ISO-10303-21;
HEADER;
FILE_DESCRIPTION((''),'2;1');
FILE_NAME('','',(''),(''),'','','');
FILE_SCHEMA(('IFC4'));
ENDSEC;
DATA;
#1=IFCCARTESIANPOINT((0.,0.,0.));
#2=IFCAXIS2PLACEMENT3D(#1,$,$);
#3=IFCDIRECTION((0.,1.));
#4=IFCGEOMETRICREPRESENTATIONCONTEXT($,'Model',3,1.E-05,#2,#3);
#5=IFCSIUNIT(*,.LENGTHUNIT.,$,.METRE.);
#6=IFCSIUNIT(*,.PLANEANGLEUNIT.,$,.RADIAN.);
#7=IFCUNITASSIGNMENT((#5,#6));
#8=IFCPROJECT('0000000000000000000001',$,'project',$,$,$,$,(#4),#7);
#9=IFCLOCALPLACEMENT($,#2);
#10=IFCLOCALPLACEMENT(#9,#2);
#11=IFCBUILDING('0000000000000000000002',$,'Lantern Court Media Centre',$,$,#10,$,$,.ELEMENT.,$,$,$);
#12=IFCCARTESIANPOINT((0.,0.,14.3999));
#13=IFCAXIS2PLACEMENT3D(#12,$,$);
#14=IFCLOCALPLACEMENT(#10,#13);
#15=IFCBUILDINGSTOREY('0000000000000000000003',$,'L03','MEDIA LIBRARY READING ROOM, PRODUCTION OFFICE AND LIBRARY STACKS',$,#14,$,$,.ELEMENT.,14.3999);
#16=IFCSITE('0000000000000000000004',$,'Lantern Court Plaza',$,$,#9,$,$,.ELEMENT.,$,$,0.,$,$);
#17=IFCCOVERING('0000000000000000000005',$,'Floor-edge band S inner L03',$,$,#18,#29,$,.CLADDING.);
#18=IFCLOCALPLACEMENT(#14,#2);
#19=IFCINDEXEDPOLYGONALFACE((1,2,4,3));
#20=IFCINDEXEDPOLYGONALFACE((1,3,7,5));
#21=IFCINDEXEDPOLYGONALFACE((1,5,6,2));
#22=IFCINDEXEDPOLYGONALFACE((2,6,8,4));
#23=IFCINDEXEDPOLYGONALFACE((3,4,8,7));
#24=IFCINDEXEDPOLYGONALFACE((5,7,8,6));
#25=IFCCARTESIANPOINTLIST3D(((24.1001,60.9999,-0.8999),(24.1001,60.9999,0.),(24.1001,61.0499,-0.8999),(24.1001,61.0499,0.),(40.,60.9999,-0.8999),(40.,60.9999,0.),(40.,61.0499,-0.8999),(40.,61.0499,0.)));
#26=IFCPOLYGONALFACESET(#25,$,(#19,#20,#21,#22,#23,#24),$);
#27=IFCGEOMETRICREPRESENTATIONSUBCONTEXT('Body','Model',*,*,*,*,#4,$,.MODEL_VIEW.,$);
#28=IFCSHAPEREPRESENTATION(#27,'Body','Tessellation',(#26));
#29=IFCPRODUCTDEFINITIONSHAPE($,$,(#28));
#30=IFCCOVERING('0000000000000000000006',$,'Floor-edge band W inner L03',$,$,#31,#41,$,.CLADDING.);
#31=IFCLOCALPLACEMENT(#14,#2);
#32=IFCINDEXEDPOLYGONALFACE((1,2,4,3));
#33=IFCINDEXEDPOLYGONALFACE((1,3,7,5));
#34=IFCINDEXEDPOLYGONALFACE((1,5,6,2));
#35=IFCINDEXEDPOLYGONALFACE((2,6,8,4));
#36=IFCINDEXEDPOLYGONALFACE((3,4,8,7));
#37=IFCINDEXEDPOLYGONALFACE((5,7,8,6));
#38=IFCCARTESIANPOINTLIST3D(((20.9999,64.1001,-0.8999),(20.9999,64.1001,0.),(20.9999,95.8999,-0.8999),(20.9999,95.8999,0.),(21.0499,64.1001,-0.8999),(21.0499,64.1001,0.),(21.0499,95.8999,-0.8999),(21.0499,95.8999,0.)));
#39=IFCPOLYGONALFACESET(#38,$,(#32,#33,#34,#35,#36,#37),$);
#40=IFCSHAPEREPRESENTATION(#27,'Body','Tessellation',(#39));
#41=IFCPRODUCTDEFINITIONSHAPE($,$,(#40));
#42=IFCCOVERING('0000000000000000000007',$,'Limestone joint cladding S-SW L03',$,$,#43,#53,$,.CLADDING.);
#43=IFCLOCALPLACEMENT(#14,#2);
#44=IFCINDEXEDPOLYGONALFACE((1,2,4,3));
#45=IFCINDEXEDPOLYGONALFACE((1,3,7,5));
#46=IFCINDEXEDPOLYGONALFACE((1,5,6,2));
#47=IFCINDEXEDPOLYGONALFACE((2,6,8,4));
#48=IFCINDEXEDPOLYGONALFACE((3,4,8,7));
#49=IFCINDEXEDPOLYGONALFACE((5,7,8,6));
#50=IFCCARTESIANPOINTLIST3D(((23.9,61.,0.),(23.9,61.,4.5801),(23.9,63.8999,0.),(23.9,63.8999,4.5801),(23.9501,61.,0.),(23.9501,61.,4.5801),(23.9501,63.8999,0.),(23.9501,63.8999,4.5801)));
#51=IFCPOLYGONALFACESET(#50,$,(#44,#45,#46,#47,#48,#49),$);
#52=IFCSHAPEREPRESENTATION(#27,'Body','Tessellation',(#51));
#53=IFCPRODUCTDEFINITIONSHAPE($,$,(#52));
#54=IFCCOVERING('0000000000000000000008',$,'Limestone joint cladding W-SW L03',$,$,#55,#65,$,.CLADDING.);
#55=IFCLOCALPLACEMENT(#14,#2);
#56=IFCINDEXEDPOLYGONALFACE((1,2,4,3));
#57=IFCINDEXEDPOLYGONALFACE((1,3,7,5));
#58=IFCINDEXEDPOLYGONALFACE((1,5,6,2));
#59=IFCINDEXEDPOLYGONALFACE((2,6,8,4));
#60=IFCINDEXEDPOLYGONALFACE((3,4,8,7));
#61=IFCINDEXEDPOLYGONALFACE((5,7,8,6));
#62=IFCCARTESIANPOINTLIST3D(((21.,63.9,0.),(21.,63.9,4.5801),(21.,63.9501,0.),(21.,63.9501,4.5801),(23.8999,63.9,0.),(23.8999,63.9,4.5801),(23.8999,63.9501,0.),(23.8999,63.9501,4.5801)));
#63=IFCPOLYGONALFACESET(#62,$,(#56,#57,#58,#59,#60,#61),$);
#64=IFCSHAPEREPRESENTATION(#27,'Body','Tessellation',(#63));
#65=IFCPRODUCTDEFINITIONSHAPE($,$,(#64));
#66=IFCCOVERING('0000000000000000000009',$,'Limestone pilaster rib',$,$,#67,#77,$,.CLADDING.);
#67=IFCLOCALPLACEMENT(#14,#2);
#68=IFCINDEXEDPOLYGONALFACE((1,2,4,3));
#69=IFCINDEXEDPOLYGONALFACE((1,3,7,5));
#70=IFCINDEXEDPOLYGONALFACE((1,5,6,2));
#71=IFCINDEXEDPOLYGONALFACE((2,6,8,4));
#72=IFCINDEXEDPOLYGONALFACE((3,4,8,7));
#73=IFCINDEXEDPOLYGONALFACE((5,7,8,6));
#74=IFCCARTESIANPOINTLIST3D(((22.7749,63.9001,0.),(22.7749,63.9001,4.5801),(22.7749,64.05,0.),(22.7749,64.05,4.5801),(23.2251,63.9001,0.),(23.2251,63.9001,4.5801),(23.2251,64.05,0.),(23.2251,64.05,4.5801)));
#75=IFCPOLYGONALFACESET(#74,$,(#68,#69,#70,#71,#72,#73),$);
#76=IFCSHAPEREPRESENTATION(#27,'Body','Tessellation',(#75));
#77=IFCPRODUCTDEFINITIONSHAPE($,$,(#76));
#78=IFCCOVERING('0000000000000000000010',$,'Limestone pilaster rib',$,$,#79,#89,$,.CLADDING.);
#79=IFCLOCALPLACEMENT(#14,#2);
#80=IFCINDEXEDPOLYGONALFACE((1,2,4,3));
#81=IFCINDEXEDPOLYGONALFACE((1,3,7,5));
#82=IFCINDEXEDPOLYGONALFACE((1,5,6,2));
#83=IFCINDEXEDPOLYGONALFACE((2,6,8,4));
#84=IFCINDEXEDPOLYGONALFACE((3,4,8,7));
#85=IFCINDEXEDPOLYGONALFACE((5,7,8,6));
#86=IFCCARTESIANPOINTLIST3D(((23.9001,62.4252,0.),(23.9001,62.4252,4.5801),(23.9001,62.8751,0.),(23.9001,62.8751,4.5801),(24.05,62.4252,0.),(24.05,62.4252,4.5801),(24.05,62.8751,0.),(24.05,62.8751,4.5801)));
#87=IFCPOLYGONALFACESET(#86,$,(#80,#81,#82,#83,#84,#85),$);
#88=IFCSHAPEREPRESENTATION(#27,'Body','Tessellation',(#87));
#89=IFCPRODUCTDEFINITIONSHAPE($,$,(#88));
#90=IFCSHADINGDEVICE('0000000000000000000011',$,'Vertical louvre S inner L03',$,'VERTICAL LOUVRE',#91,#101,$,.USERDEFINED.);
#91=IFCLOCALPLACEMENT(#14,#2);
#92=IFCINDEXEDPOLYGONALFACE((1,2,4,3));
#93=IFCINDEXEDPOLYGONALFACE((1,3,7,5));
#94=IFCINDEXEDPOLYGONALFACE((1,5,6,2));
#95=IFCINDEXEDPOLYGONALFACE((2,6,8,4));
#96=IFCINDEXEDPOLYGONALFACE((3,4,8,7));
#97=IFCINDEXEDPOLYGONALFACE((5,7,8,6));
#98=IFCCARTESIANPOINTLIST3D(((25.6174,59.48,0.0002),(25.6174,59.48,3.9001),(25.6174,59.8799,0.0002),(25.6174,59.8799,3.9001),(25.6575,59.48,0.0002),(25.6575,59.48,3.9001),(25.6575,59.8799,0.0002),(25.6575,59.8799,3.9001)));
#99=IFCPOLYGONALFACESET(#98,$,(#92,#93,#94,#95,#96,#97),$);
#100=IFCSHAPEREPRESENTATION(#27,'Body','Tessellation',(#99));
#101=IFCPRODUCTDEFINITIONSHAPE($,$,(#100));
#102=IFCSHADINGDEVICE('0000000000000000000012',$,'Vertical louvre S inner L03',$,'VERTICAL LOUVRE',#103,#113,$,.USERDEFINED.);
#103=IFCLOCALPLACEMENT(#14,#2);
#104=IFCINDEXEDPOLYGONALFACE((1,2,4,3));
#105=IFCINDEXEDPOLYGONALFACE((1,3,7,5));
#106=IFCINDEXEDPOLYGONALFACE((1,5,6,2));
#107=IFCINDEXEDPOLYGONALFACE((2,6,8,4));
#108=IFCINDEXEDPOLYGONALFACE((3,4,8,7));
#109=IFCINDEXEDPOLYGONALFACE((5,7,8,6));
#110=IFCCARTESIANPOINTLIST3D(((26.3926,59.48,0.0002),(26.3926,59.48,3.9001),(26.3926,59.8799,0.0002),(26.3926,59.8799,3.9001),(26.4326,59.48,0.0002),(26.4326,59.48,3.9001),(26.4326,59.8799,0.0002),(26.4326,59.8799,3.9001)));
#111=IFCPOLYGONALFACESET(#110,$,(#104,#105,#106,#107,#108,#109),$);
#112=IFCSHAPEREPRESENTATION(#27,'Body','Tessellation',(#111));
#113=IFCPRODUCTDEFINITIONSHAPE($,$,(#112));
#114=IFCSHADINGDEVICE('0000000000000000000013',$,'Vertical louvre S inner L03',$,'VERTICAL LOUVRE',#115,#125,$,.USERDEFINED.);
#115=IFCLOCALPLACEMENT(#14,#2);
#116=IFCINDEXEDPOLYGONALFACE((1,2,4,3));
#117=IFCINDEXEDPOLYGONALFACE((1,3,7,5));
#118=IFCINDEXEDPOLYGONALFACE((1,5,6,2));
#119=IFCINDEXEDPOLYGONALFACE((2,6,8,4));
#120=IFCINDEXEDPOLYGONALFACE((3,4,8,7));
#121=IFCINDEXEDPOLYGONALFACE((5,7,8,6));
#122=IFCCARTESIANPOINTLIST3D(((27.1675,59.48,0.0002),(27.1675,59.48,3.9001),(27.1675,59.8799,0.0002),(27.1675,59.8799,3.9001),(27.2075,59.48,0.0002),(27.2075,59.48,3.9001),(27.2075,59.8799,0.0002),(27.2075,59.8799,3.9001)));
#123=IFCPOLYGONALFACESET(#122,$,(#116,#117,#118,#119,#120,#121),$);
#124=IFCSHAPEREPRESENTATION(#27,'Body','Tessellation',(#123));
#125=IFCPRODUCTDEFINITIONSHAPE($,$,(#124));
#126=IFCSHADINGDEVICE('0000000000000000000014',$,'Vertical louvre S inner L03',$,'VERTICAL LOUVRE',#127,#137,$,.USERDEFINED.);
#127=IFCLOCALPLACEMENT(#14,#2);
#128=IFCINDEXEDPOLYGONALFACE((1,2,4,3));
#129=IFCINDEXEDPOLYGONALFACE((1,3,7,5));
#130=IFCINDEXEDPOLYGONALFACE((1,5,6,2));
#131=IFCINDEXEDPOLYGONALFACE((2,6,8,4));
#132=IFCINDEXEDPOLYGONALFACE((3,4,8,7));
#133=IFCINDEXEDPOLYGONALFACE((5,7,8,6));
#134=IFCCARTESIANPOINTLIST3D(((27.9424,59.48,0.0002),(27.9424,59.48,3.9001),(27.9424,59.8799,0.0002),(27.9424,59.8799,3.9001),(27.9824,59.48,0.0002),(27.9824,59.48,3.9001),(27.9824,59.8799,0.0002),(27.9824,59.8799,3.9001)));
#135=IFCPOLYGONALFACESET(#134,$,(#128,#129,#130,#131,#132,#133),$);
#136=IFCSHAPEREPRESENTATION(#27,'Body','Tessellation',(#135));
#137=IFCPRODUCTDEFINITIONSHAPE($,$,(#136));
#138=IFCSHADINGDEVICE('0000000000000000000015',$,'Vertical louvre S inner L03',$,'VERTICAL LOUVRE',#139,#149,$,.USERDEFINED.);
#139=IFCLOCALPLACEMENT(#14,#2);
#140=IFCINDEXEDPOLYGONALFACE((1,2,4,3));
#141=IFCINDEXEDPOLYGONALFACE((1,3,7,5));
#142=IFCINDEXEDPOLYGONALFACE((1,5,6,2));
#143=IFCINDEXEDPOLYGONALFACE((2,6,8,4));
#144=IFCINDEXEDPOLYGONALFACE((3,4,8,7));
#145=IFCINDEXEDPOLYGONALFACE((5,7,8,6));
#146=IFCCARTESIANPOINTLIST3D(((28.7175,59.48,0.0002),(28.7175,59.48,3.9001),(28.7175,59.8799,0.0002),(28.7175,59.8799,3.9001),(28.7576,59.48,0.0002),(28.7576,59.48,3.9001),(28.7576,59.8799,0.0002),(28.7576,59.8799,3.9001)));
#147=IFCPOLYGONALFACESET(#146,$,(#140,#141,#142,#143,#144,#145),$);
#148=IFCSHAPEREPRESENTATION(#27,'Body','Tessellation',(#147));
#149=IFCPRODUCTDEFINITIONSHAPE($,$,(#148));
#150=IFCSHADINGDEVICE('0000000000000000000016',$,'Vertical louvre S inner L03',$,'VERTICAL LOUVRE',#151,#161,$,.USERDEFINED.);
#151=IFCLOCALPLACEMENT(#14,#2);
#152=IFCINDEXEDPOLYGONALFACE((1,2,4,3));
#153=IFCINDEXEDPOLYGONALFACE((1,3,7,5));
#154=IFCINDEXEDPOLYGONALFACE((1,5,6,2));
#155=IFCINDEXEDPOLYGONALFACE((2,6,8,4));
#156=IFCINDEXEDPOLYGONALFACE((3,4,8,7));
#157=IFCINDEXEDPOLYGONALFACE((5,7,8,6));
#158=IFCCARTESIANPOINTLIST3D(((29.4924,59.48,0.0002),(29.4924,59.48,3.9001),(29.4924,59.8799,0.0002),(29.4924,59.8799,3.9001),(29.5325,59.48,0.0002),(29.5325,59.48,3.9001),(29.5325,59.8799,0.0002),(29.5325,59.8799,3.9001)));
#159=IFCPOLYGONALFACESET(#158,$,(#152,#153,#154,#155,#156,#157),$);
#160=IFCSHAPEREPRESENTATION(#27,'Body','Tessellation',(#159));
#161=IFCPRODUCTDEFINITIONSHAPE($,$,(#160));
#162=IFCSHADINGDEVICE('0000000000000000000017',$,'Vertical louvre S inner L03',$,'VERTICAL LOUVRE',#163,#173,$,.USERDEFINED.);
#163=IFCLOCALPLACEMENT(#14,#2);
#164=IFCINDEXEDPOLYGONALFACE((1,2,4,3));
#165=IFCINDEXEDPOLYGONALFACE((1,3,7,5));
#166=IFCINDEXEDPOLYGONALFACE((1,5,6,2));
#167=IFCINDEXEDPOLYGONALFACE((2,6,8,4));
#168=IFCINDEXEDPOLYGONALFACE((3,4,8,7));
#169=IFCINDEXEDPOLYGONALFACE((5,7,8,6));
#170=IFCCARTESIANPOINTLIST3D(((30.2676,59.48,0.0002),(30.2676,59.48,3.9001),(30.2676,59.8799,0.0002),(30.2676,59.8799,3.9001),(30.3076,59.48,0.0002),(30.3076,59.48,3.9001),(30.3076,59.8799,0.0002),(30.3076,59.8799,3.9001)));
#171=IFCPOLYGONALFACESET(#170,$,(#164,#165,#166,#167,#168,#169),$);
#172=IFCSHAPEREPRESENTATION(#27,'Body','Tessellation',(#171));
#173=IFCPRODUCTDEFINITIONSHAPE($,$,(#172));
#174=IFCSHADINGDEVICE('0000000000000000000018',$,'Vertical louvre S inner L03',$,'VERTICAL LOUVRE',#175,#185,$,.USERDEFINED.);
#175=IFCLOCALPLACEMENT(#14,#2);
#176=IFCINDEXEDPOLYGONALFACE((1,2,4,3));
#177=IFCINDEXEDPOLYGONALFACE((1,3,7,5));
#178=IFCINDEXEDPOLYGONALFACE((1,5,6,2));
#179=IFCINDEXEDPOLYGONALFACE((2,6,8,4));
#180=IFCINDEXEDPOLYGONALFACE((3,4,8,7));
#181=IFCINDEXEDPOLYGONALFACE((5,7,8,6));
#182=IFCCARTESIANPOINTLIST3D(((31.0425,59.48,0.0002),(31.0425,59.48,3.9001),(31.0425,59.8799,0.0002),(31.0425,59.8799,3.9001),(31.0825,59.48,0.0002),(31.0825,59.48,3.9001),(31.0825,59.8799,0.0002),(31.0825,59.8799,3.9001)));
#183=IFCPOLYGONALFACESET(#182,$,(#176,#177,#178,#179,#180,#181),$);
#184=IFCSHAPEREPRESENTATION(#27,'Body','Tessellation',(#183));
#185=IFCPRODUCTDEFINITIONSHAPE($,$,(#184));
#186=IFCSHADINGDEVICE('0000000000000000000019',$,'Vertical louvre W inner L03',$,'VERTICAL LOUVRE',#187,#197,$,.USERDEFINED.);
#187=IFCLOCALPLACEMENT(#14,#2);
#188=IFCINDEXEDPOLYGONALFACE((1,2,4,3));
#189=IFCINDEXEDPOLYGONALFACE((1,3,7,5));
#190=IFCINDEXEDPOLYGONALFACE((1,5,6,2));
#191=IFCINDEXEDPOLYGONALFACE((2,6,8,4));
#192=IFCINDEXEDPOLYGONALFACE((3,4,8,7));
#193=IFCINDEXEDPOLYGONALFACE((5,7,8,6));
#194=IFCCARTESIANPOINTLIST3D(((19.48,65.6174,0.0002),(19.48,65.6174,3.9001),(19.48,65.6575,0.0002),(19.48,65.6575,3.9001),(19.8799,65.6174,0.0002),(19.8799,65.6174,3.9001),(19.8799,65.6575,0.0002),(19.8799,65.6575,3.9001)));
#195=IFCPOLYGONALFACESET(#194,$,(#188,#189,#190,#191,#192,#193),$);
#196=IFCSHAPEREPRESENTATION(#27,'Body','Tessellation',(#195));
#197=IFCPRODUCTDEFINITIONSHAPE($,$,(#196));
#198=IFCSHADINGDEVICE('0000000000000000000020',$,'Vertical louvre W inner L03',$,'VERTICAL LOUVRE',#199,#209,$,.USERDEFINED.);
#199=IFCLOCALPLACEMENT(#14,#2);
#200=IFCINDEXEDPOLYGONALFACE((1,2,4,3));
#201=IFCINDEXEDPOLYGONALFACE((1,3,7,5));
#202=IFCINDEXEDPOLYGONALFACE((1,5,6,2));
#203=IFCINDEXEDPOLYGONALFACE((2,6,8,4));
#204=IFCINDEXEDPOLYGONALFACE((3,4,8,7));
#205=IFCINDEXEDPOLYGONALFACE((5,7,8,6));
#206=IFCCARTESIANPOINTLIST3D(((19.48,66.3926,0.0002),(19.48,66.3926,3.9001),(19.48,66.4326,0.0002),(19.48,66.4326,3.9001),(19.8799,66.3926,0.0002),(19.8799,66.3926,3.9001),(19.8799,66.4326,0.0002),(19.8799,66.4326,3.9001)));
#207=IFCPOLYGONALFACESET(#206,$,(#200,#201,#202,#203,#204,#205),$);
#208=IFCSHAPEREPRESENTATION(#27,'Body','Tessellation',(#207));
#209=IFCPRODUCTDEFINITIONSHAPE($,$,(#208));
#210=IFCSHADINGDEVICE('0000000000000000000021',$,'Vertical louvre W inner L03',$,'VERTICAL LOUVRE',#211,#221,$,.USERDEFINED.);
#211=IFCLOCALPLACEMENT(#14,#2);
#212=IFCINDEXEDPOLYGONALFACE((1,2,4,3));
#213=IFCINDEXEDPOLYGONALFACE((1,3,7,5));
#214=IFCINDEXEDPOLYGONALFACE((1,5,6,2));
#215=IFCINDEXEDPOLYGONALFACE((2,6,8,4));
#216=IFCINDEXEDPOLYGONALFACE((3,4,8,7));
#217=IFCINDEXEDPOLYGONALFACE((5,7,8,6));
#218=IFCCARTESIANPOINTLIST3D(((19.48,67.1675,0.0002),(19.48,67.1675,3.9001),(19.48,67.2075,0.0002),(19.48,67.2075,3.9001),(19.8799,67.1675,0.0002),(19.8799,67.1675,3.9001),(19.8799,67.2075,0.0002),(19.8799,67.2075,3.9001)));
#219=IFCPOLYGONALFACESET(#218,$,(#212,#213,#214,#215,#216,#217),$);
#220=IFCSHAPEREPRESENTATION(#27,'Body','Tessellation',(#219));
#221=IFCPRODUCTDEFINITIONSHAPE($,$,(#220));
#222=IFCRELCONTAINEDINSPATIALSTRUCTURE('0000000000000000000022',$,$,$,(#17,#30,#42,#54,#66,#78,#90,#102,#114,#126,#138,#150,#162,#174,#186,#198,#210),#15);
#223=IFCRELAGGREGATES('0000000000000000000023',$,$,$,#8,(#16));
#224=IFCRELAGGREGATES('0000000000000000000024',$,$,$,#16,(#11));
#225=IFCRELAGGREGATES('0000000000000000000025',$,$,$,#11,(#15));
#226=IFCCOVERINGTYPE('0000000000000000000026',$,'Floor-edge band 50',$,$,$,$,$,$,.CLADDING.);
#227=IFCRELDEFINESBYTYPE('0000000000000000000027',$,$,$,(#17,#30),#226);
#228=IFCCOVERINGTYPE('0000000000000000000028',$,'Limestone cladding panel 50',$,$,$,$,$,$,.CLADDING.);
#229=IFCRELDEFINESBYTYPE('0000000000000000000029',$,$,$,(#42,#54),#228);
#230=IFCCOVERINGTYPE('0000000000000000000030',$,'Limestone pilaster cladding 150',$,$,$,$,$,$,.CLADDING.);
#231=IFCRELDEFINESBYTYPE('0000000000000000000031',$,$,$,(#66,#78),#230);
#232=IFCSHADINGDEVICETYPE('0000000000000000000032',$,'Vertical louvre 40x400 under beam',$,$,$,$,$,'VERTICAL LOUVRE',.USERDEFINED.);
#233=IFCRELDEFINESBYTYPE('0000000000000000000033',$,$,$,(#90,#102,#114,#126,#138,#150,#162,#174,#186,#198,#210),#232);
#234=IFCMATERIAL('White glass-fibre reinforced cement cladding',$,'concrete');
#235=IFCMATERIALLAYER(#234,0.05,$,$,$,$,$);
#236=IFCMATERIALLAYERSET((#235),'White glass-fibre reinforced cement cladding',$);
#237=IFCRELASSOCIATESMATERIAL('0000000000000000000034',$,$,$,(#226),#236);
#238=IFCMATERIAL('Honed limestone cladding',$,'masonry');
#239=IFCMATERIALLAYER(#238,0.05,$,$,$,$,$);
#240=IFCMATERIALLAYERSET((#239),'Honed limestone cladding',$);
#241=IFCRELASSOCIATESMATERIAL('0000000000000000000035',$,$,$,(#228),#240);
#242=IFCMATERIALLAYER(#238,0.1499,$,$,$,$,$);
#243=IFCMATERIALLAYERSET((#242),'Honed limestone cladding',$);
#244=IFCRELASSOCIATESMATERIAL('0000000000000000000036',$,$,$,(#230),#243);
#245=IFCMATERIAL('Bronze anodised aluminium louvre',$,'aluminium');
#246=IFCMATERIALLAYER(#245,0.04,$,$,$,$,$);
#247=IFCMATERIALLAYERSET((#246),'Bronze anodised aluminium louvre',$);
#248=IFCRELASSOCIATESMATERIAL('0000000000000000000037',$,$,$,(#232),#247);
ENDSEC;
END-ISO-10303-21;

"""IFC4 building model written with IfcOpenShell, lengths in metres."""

from ifc_helpers import new_model, si_unit, direction, frame, frame_2d, origin, origin_2d, place, context, subcontext, project, spatial, rectangle, extrude, material, layer, layer_set, type_object, element, save


model = new_model("IFC4")

# Units and contexts
model_context = context("Model", 3, precision=1e-05, world=origin(), true_north=direction((0.0, 1.0)))
body_context = subcontext(model_context, "Body", "Model", "MODEL_VIEW")
ifc_project = project(units=[si_unit("LENGTHUNIT", "METRE"), si_unit("PLANEANGLEUNIT", "RADIAN")], contexts=[model_context])

# Site, building, storey
site_placement = place(None, origin())
site = spatial("IfcSite", under=ifc_project, at=site_placement, Name="Lantern Court Plaza", CompositionType="ELEMENT", RefElevation=0.0)
building_placement = place(site_placement, origin())
building = spatial("IfcBuilding", under=site, at=building_placement, Name="Lantern Court Media Centre", CompositionType="ELEMENT")
storey_placement = place(building_placement, frame((0.0, 0.0, 14.3999)))
storey = spatial("IfcBuildingStorey", under=building, at=storey_placement, Name="L03", Description="MEDIA LIBRARY READING ROOM, PRODUCTION OFFICE AND LIBRARY STACKS", CompositionType="ELEMENT", Elevation=14.3999)

# Coverings
ifc_material_1 = material(Name="White glass-fibre reinforced cement cladding", Category="concrete")
ifc_layer_1 = layer(ifc_material_1, 0.05)
ifc_layer_set_1 = layer_set([ifc_layer_1], Name="White glass-fibre reinforced cement cladding")
covering_type_1 = type_object("IfcCoveringType", Name="Floor-edge band 50", PredefinedType="CLADDING", material=ifc_layer_set_1)
covering_1_placement = place(storey_placement, frame((24.1001, 61.0249, -0.8999), z_axis=(0.0, 0.0, 1.0), x_axis=(1.0, 0.0, 0.0)))
element("IfcCovering", 1, at=covering_1_placement, inside=storey, type_object=covering_type_1, Name="Floor-edge band S inner L03", PredefinedType="CLADDING", context=body_context, shape_type="SweptSolid", body=[
    extrude(rectangle(XDim=15.8999, YDim=0.05, at=frame_2d((7.95, 0.0))), origin(), (0.0, 0.0, 1.0), 0.8999),
])
covering_2_placement = place(storey_placement, frame((21.0249, 64.1001, -0.8999), z_axis=(0.0, 0.0, 1.0), x_axis=(0.0, 1.0, 0.0)))
element("IfcCovering", 2, at=covering_2_placement, inside=storey, type_object=covering_type_1, Name="Floor-edge band W inner L03", PredefinedType="CLADDING", context=body_context, shape_type="SweptSolid", body=[
    extrude(rectangle(XDim=31.7998, YDim=0.05, at=frame_2d((15.8999, 0.0))), origin(), (0.0, 0.0, 1.0), 0.8999),
])

# Coverings
ifc_material_2 = material(Name="Honed limestone cladding", Category="masonry")
ifc_layer_2 = layer(ifc_material_2, 0.05)
ifc_layer_set_2 = layer_set([ifc_layer_2], Name="Honed limestone cladding")
covering_type_2 = type_object("IfcCoveringType", Name="Limestone cladding panel 50", PredefinedType="CLADDING", material=ifc_layer_set_2)
for number, where, z_axis, x_axis, name in (
    (3, (23.925, 61.0, 0.0), (0.0, 0.0, 1.0), (0.0, 1.0, 0.0), "Limestone joint cladding S-SW L03"),
    (4, (21.0, 63.925, 0.0), (0.0, 0.0, 1.0), (1.0, 0.0, 0.0), "Limestone joint cladding W-SW L03"),
):
    element("IfcCovering", number, at=place(storey_placement, frame(where, z_axis=z_axis, x_axis=x_axis)), inside=storey, type_object=covering_type_2, Name=name, PredefinedType="CLADDING", context=body_context, shape_type="SweptSolid", body=[
        extrude(rectangle(XDim=2.8999, YDim=0.05, at=frame_2d((1.45, 0.0))), origin(), (0.0, 0.0, 1.0), 4.5801),
    ])
ifc_layer_3 = layer(ifc_material_2, 0.1499)
ifc_layer_set_3 = layer_set([ifc_layer_3], Name="Honed limestone cladding")
covering_type_3 = type_object("IfcCoveringType", Name="Limestone pilaster cladding 150", PredefinedType="CLADDING", material=ifc_layer_set_3)
covering_3_placement = place(storey_placement, frame((22.7749, 63.9751, 0.0), z_axis=(0.0, 0.0, 1.0), x_axis=(1.0, 0.0, 0.0)))
element("IfcCovering", 5, at=covering_3_placement, inside=storey, type_object=covering_type_3, Name="Limestone pilaster rib", PredefinedType="CLADDING", context=body_context, shape_type="SweptSolid", body=[
    extrude(rectangle(XDim=0.4502, YDim=0.1499, at=frame_2d((0.2251, 0.0))), origin(), (0.0, 0.0, 1.0), 4.5801),
])
covering_4_placement = place(storey_placement, frame((23.9751, 62.425, 0.0), z_axis=(0.0, 0.0, 1.0), x_axis=(0.0, 1.0, 0.0)))
element("IfcCovering", 6, at=covering_4_placement, inside=storey, type_object=covering_type_3, Name="Limestone pilaster rib", PredefinedType="CLADDING", context=body_context, shape_type="SweptSolid", body=[
    extrude(rectangle(XDim=0.45, YDim=0.1499, at=frame_2d((0.2251, 0.0))), origin(), (0.0, 0.0, 1.0), 4.5801),
])

# Shading devices
ifc_material_3 = material(Name="Bronze anodised aluminium louvre", Category="aluminium")
ifc_layer_4 = layer(ifc_material_3, 0.04)
ifc_layer_set_4 = layer_set([ifc_layer_4], Name="Bronze anodised aluminium louvre")
shading_device_type = type_object("IfcShadingDeviceType", Name="Vertical louvre 40x400 under beam", ElementType="VERTICAL LOUVRE", PredefinedType="USERDEFINED", material=ifc_layer_set_4)
for number, where, z_axis, x_axis, name in (
    (7, (25.6375, 59.6799, 0.0002), (0.0, 0.0, 1.0), (1.0, 0.0, 0.0), "Vertical louvre S inner L03"),
    (8, (26.4126, 59.6799, 0.0002), (0.0, 0.0, 1.0), (1.0, 0.0, 0.0), "Vertical louvre S inner L03"),
    (9, (27.1875, 59.6799, 0.0002), (0.0, 0.0, 1.0), (1.0, 0.0, 0.0), "Vertical louvre S inner L03"),
    (10, (27.9624, 59.6799, 0.0002), (0.0, 0.0, 1.0), (1.0, 0.0, 0.0), "Vertical louvre S inner L03"),
    (11, (28.7375, 59.6799, 0.0002), (0.0, 0.0, 1.0), (1.0, 0.0, 0.0), "Vertical louvre S inner L03"),
    (12, (29.5125, 59.6799, 0.0002), (0.0, 0.0, 1.0), (1.0, 0.0, 0.0), "Vertical louvre S inner L03"),
    (13, (30.2876, 59.6799, 0.0002), (0.0, 0.0, 1.0), (1.0, 0.0, 0.0), "Vertical louvre S inner L03"),
    (14, (31.0625, 59.6799, 0.0002), (0.0, 0.0, 1.0), (1.0, 0.0, 0.0), "Vertical louvre S inner L03"),
):
    element("IfcShadingDevice", number, at=place(storey_placement, frame(where, z_axis=z_axis, x_axis=x_axis)), inside=storey, type_object=shading_device_type, Name=name, ObjectType="VERTICAL LOUVRE", PredefinedType="USERDEFINED", context=body_context, shape_type="SweptSolid", body=[
        extrude(rectangle(XDim=0.04, YDim=0.3999, at=origin_2d()), origin(), (0.0, 0.0, 1.0), 3.8999),
    ])
for number, where, z_axis, x_axis, name in (
    (15, (19.6799, 65.6375, 0.0002), (0.0, 0.0, 1.0), (1.0, 0.0, 0.0), "Vertical louvre W inner L03"),
    (16, (19.6799, 66.4126, 0.0002), (0.0, 0.0, 1.0), (1.0, 0.0, 0.0), "Vertical louvre W inner L03"),
    (17, (19.6799, 67.1875, 0.0002), (0.0, 0.0, 1.0), (1.0, 0.0, 0.0), "Vertical louvre W inner L03"),
):
    element("IfcShadingDevice", number, at=place(storey_placement, frame(where, z_axis=z_axis, x_axis=x_axis)), inside=storey, type_object=shading_device_type, Name=name, ObjectType="VERTICAL LOUVRE", PredefinedType="USERDEFINED", context=body_context, shape_type="SweptSolid", body=[
        extrude(rectangle(XDim=0.3999, YDim=0.04, at=origin_2d()), origin(), (0.0, 0.0, 1.0), 3.8999),
    ])

save(model, "model.ifc")
